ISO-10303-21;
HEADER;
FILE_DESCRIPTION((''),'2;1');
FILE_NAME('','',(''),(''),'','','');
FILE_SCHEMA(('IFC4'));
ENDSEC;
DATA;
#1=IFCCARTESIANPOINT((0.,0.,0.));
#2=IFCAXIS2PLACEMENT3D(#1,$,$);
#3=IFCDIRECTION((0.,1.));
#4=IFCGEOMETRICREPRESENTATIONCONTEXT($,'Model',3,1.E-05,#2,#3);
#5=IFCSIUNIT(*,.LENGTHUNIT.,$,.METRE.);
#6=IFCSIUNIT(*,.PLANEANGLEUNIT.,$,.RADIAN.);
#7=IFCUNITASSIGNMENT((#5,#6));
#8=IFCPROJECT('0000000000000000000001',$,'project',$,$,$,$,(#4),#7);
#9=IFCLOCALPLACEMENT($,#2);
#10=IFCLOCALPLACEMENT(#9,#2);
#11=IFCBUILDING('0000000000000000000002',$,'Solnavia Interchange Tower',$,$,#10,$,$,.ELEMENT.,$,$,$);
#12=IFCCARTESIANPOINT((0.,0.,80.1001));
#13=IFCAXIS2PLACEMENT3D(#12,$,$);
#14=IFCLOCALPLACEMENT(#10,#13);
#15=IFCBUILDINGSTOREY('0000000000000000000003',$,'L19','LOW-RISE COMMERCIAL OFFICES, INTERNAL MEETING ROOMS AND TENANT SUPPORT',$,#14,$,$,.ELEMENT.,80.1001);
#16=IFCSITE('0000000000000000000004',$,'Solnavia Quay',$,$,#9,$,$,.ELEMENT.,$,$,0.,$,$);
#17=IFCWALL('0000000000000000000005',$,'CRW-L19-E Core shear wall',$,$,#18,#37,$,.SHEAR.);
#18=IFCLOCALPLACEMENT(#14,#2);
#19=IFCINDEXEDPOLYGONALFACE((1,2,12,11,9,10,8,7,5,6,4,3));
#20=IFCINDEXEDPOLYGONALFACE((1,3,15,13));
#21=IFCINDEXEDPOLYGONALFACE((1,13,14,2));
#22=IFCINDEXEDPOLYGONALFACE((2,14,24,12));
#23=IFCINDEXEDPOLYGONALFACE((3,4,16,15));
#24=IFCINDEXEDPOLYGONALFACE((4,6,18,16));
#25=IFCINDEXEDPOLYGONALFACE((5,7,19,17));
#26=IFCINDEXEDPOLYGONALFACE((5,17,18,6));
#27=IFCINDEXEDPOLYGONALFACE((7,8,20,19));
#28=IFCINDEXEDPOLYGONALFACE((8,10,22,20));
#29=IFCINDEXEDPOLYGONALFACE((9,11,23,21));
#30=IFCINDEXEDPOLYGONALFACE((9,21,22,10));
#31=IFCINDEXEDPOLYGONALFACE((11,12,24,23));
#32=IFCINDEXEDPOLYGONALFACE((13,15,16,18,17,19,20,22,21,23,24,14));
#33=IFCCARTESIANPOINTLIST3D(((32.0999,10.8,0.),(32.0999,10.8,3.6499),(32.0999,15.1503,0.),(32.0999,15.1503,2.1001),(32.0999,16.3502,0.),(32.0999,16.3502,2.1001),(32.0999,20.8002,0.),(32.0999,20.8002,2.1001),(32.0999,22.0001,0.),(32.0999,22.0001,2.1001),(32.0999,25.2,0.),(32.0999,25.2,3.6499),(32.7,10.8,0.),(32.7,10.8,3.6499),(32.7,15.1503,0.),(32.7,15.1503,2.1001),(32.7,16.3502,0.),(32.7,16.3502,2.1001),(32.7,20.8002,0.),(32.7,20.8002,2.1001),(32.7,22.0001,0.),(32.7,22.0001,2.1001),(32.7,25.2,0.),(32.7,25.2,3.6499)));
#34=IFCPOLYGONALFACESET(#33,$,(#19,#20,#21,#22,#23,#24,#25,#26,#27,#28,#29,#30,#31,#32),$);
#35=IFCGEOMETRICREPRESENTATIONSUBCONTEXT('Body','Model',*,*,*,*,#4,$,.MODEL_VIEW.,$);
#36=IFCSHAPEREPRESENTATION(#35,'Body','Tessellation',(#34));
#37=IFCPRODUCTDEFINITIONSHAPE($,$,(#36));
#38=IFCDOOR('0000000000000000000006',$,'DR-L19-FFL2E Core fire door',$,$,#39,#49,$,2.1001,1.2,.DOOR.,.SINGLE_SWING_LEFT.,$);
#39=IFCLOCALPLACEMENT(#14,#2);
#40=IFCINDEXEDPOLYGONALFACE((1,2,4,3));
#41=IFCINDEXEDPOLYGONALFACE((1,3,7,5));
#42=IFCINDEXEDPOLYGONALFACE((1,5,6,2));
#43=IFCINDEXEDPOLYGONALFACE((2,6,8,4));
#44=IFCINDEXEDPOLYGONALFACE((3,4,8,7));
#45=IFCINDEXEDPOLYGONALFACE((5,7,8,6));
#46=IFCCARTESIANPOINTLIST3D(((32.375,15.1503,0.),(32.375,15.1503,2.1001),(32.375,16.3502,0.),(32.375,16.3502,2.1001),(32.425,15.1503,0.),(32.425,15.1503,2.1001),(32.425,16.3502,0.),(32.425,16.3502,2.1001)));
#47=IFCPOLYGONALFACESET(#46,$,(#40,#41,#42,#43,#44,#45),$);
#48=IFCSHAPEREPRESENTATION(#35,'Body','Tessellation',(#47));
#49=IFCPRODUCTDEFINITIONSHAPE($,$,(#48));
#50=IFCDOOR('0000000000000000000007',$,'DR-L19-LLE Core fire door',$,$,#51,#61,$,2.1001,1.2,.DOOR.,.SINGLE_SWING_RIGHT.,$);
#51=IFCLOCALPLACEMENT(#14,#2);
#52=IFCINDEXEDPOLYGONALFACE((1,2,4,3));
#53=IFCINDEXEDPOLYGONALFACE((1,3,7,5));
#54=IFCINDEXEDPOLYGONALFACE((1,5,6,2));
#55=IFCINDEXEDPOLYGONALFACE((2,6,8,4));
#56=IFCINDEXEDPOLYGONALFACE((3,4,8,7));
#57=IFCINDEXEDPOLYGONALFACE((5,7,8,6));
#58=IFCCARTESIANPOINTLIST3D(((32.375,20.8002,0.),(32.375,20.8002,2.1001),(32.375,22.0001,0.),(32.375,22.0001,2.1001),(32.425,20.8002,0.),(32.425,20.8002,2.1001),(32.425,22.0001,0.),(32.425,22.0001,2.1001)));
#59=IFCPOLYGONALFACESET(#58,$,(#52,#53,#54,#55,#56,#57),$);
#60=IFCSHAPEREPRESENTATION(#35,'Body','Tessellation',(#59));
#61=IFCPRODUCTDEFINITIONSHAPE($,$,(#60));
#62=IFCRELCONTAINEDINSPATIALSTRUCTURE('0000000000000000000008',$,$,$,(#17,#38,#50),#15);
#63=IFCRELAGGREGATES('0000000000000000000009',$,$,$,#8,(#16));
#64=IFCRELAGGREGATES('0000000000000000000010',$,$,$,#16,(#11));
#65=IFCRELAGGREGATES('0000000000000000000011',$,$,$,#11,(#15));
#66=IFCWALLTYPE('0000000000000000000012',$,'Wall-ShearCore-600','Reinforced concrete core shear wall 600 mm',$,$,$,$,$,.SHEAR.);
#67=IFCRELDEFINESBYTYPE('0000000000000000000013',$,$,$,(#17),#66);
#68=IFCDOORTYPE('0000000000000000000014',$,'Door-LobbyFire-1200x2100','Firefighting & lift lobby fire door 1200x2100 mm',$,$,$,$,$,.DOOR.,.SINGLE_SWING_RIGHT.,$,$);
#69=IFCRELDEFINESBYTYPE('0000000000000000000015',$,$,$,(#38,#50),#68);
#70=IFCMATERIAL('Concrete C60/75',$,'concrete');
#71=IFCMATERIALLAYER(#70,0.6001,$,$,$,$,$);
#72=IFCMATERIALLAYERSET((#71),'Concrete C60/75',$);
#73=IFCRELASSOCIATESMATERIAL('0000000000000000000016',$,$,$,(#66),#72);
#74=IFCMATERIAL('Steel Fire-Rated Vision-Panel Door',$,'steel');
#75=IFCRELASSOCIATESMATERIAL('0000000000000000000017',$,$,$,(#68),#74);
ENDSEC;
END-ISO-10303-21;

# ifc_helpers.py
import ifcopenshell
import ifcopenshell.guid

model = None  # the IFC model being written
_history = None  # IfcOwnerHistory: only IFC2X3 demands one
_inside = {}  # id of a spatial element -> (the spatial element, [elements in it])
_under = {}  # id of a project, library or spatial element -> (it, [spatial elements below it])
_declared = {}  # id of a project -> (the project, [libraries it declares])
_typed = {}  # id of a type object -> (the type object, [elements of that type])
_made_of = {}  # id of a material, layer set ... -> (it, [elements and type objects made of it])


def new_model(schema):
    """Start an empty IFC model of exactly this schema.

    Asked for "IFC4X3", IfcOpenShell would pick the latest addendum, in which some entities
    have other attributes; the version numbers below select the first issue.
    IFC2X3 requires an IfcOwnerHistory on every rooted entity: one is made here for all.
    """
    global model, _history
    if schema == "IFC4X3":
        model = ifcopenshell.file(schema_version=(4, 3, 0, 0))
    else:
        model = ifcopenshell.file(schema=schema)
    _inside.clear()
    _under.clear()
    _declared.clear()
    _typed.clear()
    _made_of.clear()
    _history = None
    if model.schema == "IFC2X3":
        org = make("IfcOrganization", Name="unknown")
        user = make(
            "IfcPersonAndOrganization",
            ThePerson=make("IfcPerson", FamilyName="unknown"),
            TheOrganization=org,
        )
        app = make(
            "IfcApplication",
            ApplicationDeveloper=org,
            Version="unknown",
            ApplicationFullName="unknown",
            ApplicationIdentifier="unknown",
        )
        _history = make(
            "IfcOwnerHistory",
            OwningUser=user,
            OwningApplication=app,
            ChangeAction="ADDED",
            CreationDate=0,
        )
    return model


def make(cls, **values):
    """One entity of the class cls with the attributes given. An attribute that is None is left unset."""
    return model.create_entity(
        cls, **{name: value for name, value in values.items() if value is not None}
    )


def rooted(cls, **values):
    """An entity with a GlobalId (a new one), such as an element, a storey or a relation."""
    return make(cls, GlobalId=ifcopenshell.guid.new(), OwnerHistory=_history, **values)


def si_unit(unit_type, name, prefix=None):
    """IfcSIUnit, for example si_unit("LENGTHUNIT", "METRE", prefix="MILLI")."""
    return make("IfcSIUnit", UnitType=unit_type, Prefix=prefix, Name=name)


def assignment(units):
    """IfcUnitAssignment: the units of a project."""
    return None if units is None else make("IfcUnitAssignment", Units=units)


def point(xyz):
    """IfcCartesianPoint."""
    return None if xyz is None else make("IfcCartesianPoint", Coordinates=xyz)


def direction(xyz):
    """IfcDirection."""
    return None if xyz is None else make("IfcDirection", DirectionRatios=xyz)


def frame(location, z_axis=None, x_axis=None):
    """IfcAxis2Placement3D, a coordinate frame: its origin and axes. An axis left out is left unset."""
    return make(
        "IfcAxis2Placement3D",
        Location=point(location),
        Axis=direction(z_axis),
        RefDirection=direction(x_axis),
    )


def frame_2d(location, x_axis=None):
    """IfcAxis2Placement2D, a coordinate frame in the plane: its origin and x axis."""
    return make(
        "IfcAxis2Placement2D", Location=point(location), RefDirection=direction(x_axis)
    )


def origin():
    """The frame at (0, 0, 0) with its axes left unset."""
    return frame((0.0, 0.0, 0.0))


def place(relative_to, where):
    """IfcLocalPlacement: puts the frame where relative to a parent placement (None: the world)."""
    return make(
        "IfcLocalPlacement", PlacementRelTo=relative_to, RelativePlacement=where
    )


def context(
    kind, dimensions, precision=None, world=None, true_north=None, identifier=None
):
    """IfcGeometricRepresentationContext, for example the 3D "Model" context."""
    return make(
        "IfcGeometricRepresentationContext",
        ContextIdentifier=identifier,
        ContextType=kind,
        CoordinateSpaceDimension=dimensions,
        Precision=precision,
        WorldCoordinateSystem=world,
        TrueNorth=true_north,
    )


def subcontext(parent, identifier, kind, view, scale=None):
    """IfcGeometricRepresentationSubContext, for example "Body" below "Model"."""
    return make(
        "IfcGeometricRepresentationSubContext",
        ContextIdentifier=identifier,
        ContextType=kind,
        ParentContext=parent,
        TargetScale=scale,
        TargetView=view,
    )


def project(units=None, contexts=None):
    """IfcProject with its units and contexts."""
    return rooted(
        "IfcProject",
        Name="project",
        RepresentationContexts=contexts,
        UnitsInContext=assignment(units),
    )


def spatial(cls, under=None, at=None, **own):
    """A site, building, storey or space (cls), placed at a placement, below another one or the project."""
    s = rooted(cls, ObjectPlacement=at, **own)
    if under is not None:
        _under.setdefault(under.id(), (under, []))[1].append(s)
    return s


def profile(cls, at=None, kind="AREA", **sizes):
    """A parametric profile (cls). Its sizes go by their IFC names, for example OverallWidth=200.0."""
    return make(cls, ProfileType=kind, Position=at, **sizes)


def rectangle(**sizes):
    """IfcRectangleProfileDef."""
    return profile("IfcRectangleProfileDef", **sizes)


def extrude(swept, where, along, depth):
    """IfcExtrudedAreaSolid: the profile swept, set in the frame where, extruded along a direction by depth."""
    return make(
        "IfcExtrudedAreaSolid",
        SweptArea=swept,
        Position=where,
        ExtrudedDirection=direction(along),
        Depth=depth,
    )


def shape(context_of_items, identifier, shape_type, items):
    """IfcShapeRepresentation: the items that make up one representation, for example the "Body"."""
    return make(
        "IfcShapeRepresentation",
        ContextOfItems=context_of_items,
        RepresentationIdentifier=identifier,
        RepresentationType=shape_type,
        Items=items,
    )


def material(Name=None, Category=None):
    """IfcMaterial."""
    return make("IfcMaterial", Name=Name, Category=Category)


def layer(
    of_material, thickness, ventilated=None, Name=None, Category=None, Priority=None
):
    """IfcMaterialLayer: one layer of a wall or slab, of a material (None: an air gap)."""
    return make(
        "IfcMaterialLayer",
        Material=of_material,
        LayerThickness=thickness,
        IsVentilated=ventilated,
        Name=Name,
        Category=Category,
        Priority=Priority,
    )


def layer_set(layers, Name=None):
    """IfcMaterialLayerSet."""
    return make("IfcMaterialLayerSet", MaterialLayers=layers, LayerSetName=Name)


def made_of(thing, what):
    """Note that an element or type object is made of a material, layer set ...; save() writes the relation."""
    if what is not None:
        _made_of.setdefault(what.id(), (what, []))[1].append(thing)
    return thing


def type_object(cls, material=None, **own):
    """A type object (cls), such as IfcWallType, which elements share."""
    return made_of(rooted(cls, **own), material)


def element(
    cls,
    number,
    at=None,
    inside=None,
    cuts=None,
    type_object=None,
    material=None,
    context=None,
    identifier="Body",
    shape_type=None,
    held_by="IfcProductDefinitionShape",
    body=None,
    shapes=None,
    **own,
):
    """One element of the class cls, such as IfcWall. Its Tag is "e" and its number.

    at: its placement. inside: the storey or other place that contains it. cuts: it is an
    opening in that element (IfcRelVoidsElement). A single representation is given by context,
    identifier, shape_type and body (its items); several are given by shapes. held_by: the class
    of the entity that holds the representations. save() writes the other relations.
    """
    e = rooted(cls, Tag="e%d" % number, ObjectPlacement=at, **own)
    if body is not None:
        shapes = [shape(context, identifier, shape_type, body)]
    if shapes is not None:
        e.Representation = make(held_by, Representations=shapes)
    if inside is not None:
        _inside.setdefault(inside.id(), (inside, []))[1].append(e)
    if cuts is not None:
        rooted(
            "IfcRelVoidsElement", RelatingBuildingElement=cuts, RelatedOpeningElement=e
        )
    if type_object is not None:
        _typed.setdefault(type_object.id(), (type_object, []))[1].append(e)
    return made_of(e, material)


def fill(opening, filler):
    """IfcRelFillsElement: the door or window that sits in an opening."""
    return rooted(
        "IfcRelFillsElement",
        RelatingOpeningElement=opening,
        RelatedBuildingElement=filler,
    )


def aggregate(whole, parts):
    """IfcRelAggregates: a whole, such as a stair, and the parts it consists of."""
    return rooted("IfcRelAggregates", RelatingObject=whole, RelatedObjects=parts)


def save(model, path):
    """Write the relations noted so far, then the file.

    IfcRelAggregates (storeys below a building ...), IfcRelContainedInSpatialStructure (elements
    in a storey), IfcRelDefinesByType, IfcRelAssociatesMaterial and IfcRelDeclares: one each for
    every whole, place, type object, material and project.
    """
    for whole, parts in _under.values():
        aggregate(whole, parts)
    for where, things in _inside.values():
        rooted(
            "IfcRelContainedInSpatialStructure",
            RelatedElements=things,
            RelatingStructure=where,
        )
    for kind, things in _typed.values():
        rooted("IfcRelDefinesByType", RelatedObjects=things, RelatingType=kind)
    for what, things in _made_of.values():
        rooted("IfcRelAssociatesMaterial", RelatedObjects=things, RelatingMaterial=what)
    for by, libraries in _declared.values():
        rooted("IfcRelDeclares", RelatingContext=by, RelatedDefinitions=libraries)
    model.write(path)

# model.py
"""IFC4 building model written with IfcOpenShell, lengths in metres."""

from ifc_helpers import new_model, si_unit, direction, frame, frame_2d, origin, place, context, subcontext, project, spatial, rectangle, extrude, material, layer, layer_set, type_object, element, fill, save


model = new_model("IFC4")

# Units and contexts
model_context = context("Model", 3, precision=1e-05, world=origin(), true_north=direction((0.0, 1.0)))
body_context = subcontext(model_context, "Body", "Model", "MODEL_VIEW")
ifc_project = project(units=[si_unit("LENGTHUNIT", "METRE"), si_unit("PLANEANGLEUNIT", "RADIAN")], contexts=[model_context])

# Site, building, storey
site_placement = place(None, origin())
site = spatial("IfcSite", under=ifc_project, at=site_placement, Name="Solnavia Quay", CompositionType="ELEMENT", RefElevation=0.0)
building_placement = place(site_placement, origin())
building = spatial("IfcBuilding", under=site, at=building_placement, Name="Solnavia Interchange Tower", CompositionType="ELEMENT")
storey_placement = place(building_placement, frame((0.0, 0.0, 80.1001)))
storey = spatial("IfcBuildingStorey", under=building, at=storey_placement, Name="L19", Description="LOW-RISE COMMERCIAL OFFICES, INTERNAL MEETING ROOMS AND TENANT SUPPORT", CompositionType="ELEMENT", Elevation=80.1001)

# Shared definitions
ifc_material_1 = material(Name="Concrete C60/75", Category="concrete")

# Wall, openings, doors
ifc_layer_1 = layer(ifc_material_1, 0.6001)
ifc_layer_set_1 = layer_set([ifc_layer_1], Name="Concrete C60/75")
wall_type_1 = type_object("IfcWallType", Name="Wall-ShearCore-600", Description="Reinforced concrete core shear wall 600 mm", PredefinedType="SHEAR", material=ifc_layer_set_1)
wall_1_placement = place(storey_placement, frame((32.3999, 10.8, 0.0), z_axis=(0.0, 0.0, 1.0), x_axis=(0.0, 1.0, 0.0)))
wall_1 = element("IfcWall", 1, at=wall_1_placement, inside=storey, type_object=wall_type_1, Name="CRW-L19-E Core shear wall", PredefinedType="SHEAR", context=body_context, shape_type="SweptSolid", body=[
    extrude(rectangle(XDim=14.3999, YDim=0.6001, at=frame_2d((7.2, 0.0))), origin(), (0.0, 0.0, 1.0), 3.6499),
])
opening_1_placement = place(wall_1_placement, frame((4.3501, 0.0, 0.0)))
opening_1 = element("IfcOpeningElement", 2, at=opening_1_placement, cuts=wall_1, PredefinedType="OPENING", context=body_context, shape_type="SweptSolid", body=[
    extrude(rectangle(XDim=1.2, YDim=2.1001, at=frame_2d((0.6001, 1.05))), frame((0.0, 0.3101, 0.0), z_axis=(0.0, -1.0, 0.0), x_axis=(1.0, 0.0, 0.0)), (0.0, 0.0, 1.0), 0.6201),
])
opening_2_placement = place(wall_1_placement, frame((10.0, 0.0, 0.0)))
opening_2 = element("IfcOpeningElement", 3, at=opening_2_placement, cuts=wall_1, PredefinedType="OPENING", context=body_context, shape_type="SweptSolid", body=[
    extrude(rectangle(XDim=1.2, YDim=2.1001, at=frame_2d((0.6001, 1.05))), frame((0.0, 0.3101, 0.0), z_axis=(0.0, -1.0, 0.0), x_axis=(1.0, 0.0, 0.0)), (0.0, 0.0, 1.0), 0.6201),
])
ifc_material_2 = material(Name="Steel Fire-Rated Vision-Panel Door", Category="steel")
door_type = type_object("IfcDoorType", Name="Door-LobbyFire-1200x2100", Description="Firefighting & lift lobby fire door 1200x2100 mm", OperationType="SINGLE_SWING_RIGHT", PredefinedType="DOOR", material=ifc_material_2)
door_1_placement = place(opening_1_placement, origin())
door_1 = element("IfcDoor", 4, at=door_1_placement, inside=storey, type_object=door_type, Name="DR-L19-FFL2E Core fire door", OperationType="SINGLE_SWING_LEFT", OverallHeight=2.1001, OverallWidth=1.2, PredefinedType="DOOR", context=body_context, shape_type="SweptSolid", body=[
    extrude(rectangle(XDim=1.2, YDim=2.1001, at=frame_2d((0.6001, 1.05))), frame((0.0, 0.0249, 0.0), z_axis=(0.0, -1.0, 0.0), x_axis=(1.0, 0.0, 0.0)), (0.0, 0.0, 1.0), 0.05),
])
fill(opening_1, door_1)
door_2_placement = place(opening_2_placement, origin())
door_2 = element("IfcDoor", 5, at=door_2_placement, inside=storey, type_object=door_type, Name="DR-L19-LLE Core fire door", OperationType="SINGLE_SWING_RIGHT", OverallHeight=2.1001, OverallWidth=1.2, PredefinedType="DOOR", context=body_context, shape_type="SweptSolid", body=[
    extrude(rectangle(XDim=1.2, YDim=2.1001, at=frame_2d((0.6001, 1.05))), frame((0.0, 0.0249, 0.0), z_axis=(0.0, -1.0, 0.0), x_axis=(1.0, 0.0, 0.0)), (0.0, 0.0, 1.0), 0.05),
])
fill(opening_2, door_2)

save(model, "model.ifc")
